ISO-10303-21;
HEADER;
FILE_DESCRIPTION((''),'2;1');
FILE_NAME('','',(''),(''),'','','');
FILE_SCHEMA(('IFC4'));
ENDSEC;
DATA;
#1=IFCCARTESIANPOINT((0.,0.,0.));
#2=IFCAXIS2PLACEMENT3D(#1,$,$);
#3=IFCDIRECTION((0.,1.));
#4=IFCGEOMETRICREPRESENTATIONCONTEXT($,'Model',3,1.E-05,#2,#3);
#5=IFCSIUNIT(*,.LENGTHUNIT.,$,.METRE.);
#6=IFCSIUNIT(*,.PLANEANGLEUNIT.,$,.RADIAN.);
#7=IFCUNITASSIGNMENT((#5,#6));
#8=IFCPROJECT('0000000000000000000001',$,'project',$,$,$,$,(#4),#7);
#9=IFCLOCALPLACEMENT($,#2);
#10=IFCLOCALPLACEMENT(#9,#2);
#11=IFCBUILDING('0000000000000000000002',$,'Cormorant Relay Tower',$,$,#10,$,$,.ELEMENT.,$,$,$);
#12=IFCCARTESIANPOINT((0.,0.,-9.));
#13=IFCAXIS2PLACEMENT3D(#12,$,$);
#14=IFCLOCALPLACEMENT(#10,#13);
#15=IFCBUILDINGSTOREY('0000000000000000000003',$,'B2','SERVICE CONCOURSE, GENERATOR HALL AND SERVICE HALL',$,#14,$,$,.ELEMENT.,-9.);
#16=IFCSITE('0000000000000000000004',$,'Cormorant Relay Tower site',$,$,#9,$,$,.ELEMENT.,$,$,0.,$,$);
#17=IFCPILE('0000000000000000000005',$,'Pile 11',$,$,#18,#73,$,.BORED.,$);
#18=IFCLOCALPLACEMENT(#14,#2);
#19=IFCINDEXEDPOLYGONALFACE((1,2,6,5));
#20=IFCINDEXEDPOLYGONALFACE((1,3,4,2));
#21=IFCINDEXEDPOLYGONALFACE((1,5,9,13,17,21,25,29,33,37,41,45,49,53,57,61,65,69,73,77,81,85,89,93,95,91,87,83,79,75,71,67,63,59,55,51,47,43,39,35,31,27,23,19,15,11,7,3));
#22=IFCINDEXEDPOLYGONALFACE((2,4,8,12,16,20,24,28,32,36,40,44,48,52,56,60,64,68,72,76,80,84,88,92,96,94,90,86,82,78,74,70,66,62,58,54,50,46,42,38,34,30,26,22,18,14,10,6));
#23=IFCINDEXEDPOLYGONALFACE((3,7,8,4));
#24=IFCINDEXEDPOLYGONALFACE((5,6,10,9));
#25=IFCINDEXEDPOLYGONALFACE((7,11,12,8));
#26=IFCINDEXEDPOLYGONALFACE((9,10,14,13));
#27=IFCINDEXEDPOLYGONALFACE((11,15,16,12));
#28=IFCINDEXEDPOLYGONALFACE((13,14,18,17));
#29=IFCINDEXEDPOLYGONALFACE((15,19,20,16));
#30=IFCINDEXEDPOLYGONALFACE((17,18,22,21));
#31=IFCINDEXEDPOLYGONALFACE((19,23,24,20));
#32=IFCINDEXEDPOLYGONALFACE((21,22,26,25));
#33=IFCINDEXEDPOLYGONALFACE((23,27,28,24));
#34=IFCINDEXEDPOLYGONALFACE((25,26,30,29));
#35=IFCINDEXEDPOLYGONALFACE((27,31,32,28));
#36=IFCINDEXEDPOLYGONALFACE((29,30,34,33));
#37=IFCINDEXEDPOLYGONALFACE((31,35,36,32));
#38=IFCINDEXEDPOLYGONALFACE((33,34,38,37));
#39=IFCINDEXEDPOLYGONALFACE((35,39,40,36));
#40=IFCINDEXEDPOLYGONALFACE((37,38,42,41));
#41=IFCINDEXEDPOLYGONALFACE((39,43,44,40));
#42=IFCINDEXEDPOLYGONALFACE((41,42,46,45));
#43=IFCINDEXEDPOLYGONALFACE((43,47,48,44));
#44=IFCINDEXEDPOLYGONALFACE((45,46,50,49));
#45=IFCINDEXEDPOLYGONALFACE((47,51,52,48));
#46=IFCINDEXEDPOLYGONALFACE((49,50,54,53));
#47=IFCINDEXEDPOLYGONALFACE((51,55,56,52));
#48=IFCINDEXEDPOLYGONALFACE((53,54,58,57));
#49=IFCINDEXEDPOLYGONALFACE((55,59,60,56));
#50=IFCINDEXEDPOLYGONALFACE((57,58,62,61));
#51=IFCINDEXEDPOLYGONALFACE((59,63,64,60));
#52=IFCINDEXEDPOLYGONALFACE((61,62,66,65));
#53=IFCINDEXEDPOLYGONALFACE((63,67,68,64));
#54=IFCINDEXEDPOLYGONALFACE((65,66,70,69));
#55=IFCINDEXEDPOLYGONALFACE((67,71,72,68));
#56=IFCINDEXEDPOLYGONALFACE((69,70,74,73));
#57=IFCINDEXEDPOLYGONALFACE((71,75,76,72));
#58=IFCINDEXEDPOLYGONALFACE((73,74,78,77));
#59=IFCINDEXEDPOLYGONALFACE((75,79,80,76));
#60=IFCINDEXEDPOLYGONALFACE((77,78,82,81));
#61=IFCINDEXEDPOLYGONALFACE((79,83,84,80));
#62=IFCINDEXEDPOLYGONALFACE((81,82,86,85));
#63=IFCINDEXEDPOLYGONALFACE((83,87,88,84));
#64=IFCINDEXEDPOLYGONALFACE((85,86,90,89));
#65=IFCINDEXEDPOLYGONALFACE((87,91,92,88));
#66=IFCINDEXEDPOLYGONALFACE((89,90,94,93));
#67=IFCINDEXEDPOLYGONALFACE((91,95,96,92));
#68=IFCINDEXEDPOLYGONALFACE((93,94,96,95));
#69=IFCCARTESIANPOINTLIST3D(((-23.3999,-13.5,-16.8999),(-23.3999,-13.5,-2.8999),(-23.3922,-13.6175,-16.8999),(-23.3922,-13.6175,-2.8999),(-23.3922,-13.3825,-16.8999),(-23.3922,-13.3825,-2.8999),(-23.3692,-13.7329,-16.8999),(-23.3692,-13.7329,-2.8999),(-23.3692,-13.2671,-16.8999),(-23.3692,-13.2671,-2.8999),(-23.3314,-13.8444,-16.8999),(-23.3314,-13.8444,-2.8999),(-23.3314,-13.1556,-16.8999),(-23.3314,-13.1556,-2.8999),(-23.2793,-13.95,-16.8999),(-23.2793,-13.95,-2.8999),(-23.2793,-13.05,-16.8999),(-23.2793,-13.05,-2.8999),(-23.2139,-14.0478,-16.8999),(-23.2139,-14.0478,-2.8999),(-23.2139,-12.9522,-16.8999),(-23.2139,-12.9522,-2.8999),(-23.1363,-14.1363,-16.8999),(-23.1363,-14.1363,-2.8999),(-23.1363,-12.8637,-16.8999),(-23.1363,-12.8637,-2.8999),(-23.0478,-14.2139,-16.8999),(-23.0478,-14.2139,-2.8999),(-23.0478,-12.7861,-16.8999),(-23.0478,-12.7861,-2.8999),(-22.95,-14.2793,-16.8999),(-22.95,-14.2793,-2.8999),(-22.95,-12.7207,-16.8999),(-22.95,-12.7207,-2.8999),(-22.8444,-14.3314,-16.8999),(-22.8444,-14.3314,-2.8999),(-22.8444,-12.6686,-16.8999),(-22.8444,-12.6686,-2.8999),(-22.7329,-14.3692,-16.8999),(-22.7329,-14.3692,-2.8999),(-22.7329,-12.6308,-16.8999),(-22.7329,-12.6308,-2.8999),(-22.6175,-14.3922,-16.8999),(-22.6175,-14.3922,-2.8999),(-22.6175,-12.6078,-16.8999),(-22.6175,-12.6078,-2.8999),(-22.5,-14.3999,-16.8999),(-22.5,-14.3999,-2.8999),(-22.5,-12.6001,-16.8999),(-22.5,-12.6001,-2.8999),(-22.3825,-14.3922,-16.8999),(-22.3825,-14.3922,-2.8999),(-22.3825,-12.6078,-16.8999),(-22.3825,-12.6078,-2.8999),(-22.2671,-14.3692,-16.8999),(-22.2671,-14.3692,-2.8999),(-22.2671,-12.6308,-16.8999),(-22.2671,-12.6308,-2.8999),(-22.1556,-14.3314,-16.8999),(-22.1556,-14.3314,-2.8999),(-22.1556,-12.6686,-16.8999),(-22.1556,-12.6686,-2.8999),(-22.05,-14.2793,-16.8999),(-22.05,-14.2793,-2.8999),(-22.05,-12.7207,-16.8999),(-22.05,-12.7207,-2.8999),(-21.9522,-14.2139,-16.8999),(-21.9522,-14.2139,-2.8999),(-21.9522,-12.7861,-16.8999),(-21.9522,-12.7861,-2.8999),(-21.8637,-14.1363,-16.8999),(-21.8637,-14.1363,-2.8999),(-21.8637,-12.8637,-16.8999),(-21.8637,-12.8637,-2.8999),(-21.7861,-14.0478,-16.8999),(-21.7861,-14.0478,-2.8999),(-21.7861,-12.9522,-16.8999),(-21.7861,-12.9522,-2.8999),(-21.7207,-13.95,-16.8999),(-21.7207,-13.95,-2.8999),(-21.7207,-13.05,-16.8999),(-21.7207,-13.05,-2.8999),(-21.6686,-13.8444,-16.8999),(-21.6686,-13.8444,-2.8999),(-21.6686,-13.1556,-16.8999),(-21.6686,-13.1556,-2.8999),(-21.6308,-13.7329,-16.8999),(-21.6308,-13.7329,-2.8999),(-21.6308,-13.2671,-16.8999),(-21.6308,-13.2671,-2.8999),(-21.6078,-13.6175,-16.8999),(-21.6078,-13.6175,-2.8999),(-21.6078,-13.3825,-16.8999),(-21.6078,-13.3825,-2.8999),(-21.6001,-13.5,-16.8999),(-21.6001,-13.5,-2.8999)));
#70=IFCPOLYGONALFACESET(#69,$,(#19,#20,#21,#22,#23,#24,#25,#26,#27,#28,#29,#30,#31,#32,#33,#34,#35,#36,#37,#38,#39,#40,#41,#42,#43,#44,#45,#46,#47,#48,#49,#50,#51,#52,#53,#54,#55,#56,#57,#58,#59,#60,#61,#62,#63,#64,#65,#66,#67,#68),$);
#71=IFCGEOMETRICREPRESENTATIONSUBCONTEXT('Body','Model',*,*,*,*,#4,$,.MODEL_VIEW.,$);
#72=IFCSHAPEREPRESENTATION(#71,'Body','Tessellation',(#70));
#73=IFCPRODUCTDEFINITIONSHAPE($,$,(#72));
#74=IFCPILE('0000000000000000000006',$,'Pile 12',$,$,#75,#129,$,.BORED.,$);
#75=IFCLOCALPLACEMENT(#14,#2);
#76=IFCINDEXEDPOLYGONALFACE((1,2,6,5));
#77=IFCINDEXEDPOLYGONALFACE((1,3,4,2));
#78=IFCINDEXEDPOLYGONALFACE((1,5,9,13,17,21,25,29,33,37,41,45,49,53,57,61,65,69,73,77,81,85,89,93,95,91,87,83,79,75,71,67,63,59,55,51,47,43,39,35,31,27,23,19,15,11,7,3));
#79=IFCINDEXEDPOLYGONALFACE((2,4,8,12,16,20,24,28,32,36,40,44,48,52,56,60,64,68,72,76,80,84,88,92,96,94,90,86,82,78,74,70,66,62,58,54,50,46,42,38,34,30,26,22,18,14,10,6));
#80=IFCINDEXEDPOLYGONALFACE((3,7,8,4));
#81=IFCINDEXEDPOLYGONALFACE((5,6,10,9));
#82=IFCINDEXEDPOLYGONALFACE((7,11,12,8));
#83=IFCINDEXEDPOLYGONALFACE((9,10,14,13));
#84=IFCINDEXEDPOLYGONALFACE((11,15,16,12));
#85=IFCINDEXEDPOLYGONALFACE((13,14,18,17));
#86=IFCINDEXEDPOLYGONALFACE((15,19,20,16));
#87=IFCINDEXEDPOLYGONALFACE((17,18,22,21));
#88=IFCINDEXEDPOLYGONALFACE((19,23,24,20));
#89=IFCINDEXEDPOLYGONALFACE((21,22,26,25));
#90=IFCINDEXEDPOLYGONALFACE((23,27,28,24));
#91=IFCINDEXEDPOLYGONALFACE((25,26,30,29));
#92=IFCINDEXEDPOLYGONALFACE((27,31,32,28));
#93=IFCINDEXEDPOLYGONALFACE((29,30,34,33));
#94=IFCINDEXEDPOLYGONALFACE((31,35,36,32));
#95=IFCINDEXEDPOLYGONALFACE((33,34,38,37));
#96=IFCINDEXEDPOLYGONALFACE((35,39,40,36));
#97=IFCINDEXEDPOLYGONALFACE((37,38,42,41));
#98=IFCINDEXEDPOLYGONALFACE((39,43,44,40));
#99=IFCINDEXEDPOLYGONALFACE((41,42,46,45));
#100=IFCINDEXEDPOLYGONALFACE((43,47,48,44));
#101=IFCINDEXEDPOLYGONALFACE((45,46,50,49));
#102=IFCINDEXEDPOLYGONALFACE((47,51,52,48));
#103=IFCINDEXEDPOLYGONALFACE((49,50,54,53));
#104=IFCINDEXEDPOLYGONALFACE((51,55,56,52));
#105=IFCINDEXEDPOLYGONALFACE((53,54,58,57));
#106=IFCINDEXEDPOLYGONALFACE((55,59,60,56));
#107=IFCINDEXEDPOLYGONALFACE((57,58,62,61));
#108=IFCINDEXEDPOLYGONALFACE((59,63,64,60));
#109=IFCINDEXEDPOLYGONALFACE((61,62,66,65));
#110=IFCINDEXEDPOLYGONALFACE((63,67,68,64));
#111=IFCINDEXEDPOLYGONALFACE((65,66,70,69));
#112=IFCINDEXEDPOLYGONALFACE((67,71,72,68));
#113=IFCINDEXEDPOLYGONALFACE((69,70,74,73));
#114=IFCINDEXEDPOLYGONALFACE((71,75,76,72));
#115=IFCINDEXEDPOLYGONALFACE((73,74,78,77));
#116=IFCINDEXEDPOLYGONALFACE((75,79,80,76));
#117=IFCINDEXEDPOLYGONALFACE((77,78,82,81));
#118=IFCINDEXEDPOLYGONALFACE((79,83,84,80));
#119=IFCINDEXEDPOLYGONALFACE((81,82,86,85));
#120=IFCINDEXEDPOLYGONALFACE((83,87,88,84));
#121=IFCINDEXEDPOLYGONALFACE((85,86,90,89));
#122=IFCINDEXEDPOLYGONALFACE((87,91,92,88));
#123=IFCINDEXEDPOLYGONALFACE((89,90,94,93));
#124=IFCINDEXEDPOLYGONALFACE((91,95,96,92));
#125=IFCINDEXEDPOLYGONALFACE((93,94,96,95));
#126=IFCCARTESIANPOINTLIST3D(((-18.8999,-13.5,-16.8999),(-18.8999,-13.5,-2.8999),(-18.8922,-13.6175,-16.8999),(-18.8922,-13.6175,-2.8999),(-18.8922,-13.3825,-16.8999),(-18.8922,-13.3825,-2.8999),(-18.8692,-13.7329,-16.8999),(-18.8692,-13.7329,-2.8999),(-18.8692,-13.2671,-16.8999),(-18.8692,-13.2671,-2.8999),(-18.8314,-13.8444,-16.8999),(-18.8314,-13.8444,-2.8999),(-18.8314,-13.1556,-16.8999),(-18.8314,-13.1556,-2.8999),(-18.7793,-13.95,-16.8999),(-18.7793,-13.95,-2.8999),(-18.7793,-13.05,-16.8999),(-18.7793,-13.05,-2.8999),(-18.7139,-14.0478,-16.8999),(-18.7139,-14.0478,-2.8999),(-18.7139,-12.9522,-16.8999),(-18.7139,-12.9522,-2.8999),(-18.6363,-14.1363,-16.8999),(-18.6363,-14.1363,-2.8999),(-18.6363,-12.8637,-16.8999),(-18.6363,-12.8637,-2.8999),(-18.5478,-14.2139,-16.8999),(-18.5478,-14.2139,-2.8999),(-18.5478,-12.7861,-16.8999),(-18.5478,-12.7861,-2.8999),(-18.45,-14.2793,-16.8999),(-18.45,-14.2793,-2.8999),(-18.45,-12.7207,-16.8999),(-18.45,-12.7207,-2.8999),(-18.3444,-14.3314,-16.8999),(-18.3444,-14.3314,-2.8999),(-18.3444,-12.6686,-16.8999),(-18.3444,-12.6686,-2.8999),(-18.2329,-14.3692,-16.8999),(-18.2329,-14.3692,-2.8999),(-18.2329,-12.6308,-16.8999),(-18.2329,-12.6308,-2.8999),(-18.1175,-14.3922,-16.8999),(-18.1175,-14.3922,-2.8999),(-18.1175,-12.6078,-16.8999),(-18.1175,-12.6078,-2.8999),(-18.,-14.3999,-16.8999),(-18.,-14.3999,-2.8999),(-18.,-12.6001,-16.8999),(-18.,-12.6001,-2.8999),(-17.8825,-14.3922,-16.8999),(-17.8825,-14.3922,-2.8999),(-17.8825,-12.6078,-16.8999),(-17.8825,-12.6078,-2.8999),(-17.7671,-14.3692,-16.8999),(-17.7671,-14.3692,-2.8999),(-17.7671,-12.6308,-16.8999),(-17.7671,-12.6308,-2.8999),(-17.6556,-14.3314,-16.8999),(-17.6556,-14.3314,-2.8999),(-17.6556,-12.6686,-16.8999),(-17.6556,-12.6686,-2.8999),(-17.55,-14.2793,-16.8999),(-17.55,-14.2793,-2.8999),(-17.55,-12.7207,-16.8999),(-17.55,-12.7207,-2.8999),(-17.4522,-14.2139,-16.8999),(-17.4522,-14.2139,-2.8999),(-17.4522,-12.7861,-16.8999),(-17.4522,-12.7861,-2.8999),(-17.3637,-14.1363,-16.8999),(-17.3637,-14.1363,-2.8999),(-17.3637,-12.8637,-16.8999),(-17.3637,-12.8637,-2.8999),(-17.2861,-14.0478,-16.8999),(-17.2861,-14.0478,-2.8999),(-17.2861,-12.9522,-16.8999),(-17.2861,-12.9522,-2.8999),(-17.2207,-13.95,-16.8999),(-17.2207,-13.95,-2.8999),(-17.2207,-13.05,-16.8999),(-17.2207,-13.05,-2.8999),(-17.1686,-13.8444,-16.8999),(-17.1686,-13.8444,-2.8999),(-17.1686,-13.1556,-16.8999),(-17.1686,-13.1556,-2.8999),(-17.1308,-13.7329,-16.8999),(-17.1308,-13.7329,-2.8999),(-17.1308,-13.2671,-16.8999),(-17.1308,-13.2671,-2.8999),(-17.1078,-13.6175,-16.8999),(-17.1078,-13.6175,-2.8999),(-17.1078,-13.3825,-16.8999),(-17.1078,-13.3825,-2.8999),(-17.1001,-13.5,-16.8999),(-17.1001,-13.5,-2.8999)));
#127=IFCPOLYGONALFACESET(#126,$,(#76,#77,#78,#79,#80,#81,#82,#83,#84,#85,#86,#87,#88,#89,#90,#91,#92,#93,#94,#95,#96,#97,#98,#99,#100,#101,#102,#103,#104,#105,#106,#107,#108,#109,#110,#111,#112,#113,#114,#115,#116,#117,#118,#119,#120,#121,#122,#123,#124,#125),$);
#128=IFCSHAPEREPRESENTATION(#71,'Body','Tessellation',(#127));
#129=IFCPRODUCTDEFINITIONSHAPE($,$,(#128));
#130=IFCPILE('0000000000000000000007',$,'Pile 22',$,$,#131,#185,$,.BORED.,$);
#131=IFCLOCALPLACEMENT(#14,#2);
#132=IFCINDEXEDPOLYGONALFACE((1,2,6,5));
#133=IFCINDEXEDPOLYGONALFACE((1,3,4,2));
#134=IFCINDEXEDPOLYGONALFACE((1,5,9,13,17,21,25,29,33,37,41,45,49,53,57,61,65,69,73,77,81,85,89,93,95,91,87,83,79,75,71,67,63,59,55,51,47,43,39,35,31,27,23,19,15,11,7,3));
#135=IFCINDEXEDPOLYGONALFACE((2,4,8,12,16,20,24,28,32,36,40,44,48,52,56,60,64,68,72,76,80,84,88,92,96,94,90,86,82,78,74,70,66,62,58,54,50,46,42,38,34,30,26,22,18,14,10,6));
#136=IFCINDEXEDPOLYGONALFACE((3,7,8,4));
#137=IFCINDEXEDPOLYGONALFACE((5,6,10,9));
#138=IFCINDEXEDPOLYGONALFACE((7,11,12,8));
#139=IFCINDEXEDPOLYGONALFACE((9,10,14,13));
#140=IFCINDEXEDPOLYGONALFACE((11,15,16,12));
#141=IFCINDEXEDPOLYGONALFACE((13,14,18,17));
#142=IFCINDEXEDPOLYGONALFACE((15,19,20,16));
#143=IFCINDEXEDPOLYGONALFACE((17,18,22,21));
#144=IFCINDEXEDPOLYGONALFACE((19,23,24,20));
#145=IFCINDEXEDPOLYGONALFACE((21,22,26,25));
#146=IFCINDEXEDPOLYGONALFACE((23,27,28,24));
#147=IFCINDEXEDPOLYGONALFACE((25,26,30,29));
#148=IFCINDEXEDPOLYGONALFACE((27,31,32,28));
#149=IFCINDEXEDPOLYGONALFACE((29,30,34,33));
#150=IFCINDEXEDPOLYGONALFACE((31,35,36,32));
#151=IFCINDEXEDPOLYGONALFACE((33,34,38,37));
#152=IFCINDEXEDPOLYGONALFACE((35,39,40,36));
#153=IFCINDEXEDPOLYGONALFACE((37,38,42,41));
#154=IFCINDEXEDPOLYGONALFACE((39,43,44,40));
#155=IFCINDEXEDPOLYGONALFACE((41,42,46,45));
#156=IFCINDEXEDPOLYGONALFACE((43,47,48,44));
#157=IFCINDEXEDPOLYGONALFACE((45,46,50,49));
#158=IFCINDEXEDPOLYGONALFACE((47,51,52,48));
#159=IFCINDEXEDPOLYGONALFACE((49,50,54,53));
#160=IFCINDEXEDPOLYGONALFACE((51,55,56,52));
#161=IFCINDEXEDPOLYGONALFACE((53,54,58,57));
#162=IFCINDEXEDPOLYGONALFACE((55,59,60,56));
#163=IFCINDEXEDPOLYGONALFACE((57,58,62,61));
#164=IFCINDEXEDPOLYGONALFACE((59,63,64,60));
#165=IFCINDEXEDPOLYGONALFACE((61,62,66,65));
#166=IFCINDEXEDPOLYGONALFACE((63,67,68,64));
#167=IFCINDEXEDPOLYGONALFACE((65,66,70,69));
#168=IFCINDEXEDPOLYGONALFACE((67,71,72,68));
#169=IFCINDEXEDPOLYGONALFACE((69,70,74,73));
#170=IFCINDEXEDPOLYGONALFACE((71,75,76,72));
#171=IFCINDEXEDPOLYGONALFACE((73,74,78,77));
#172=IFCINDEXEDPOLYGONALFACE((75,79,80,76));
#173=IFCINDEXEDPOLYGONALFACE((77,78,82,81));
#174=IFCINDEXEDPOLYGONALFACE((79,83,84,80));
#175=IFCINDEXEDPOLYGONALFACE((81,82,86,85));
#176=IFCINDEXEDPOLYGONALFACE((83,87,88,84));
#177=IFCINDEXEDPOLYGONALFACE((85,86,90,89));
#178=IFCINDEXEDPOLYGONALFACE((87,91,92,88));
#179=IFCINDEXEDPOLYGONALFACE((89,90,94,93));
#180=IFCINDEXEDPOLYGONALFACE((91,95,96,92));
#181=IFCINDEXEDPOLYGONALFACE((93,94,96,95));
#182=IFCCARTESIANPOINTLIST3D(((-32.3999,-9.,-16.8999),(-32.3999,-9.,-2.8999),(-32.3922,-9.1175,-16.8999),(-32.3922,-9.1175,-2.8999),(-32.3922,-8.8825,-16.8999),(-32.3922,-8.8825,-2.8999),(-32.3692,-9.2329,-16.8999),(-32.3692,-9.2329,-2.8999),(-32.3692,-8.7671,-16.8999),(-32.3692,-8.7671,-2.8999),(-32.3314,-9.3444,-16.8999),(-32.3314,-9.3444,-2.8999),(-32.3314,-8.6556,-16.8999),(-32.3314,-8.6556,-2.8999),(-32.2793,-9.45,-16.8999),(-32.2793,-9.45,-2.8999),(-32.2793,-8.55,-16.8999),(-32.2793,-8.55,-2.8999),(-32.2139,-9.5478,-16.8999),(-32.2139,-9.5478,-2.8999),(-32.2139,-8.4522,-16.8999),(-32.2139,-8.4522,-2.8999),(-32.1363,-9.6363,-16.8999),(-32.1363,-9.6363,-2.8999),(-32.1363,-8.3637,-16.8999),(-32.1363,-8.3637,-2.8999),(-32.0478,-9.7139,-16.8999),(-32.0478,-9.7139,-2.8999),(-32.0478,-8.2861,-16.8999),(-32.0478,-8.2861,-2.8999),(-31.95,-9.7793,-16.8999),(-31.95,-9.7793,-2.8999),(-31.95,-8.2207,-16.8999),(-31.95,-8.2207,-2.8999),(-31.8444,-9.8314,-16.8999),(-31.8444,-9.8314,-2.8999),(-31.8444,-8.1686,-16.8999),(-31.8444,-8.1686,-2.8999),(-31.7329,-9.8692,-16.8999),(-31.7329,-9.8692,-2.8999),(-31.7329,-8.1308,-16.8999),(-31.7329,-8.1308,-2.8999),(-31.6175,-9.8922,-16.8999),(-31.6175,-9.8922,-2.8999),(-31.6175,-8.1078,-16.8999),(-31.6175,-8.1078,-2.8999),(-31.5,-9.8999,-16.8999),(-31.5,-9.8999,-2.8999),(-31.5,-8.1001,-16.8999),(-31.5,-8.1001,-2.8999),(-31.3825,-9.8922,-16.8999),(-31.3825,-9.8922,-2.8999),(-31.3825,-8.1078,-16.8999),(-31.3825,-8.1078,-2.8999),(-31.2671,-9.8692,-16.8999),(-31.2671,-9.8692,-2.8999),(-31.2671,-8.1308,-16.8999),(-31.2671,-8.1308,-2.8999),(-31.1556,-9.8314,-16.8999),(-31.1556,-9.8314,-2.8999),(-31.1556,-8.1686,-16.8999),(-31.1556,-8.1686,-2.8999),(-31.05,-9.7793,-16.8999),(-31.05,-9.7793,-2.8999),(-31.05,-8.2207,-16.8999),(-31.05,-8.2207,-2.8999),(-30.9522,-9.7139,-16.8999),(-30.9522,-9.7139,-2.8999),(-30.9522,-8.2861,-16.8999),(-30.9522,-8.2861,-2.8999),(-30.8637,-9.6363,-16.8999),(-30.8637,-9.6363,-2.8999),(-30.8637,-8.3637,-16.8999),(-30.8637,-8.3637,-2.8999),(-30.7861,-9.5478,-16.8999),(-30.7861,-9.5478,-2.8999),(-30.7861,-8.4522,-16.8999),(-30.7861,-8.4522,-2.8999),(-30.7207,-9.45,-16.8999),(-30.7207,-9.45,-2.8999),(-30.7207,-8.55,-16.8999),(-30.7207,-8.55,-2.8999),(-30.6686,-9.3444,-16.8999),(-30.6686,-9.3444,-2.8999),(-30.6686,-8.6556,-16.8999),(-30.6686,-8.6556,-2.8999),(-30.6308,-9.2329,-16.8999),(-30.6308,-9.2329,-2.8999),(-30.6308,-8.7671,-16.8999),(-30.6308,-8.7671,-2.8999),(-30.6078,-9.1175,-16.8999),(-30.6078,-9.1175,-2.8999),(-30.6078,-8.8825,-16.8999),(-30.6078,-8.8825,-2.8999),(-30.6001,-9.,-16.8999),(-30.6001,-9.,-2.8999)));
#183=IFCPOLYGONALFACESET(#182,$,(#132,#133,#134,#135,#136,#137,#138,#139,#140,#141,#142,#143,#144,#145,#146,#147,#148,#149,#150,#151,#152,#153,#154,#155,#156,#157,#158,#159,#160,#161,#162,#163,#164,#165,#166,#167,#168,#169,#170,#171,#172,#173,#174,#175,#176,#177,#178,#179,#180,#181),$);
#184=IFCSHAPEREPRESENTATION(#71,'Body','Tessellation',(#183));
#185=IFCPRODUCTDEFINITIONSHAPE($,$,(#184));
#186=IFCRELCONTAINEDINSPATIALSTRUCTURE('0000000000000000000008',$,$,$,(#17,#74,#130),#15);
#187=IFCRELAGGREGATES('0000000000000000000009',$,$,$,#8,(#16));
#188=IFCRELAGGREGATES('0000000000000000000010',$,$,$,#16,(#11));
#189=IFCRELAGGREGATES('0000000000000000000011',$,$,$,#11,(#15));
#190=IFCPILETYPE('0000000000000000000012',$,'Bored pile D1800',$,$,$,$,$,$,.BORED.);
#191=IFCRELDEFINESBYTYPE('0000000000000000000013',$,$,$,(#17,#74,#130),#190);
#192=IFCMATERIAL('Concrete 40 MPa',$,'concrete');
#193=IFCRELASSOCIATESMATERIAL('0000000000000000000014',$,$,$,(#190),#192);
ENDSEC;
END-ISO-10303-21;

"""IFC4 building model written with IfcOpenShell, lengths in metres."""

from ifc_helpers import new_model, si_unit, direction, frame, origin, origin_2d, place, context, subcontext, project, spatial, circle, extrude, material, material_profile, profile_set, type_object, element, save


model = new_model("IFC4")

# Units and contexts
model_context = context("Model", 3, precision=1e-05, world=origin(), true_north=direction((0.0, 1.0)))
body_context = subcontext(model_context, "Body", "Model", "MODEL_VIEW")
ifc_project = project(units=[si_unit("LENGTHUNIT", "METRE"), si_unit("PLANEANGLEUNIT", "RADIAN")], contexts=[model_context])

# Site, building, storey
site_placement = place(None, origin())
site = spatial("IfcSite", under=ifc_project, at=site_placement, Name="Cormorant Relay Tower site", CompositionType="ELEMENT", RefElevation=0.0)
building_placement = place(site_placement, origin())
building = spatial("IfcBuilding", under=site, at=building_placement, Name="Cormorant Relay Tower", CompositionType="ELEMENT")
storey_placement = place(building_placement, frame((0.0, 0.0, -9.0)))
storey = spatial("IfcBuildingStorey", under=building, at=storey_placement, Name="B2", Description="SERVICE CONCOURSE, GENERATOR HALL AND SERVICE HALL", CompositionType="ELEMENT", Elevation=-9.0)

# Piles
ifc_material_1 = material(Name="Concrete 40 MPa", Category="concrete")
ifc_material_profile_1 = material_profile(ifc_material_1, circle(Radius=0.8999, at=origin_2d()), Name="BP1800")
ifc_profile_set_1 = profile_set([ifc_material_profile_1], Name="Concrete 40 MPa")
pile_type = type_object("IfcPileType", Name="Bored pile D1800", PredefinedType="BORED", material=ifc_profile_set_1)
for number, where, z_axis, x_axis, name in (
    (1, (-22.5, -13.5, -2.8999), (0.0, 0.0, -1.0), (1.0, 0.0, 0.0), "Pile 11"),
    (2, (-18.0, -13.5, -2.8999), (0.0, 0.0, -1.0), (1.0, 0.0, 0.0), "Pile 12"),
    (3, (-31.5, -9.0, -2.8999), (0.0, 0.0, -1.0), (1.0, 0.0, 0.0), "Pile 22"),
):
    element("IfcPile", number, at=place(storey_placement, frame(where, z_axis=z_axis, x_axis=x_axis)), inside=storey, type_object=pile_type, Name=name, PredefinedType="BORED", context=body_context, shape_type="SweptSolid", body=[
        extrude(circle(Radius=0.8999, at=origin_2d()), origin(), (0.0, 0.0, 1.0), 14.0),
    ])

save(model, "model.ifc")
